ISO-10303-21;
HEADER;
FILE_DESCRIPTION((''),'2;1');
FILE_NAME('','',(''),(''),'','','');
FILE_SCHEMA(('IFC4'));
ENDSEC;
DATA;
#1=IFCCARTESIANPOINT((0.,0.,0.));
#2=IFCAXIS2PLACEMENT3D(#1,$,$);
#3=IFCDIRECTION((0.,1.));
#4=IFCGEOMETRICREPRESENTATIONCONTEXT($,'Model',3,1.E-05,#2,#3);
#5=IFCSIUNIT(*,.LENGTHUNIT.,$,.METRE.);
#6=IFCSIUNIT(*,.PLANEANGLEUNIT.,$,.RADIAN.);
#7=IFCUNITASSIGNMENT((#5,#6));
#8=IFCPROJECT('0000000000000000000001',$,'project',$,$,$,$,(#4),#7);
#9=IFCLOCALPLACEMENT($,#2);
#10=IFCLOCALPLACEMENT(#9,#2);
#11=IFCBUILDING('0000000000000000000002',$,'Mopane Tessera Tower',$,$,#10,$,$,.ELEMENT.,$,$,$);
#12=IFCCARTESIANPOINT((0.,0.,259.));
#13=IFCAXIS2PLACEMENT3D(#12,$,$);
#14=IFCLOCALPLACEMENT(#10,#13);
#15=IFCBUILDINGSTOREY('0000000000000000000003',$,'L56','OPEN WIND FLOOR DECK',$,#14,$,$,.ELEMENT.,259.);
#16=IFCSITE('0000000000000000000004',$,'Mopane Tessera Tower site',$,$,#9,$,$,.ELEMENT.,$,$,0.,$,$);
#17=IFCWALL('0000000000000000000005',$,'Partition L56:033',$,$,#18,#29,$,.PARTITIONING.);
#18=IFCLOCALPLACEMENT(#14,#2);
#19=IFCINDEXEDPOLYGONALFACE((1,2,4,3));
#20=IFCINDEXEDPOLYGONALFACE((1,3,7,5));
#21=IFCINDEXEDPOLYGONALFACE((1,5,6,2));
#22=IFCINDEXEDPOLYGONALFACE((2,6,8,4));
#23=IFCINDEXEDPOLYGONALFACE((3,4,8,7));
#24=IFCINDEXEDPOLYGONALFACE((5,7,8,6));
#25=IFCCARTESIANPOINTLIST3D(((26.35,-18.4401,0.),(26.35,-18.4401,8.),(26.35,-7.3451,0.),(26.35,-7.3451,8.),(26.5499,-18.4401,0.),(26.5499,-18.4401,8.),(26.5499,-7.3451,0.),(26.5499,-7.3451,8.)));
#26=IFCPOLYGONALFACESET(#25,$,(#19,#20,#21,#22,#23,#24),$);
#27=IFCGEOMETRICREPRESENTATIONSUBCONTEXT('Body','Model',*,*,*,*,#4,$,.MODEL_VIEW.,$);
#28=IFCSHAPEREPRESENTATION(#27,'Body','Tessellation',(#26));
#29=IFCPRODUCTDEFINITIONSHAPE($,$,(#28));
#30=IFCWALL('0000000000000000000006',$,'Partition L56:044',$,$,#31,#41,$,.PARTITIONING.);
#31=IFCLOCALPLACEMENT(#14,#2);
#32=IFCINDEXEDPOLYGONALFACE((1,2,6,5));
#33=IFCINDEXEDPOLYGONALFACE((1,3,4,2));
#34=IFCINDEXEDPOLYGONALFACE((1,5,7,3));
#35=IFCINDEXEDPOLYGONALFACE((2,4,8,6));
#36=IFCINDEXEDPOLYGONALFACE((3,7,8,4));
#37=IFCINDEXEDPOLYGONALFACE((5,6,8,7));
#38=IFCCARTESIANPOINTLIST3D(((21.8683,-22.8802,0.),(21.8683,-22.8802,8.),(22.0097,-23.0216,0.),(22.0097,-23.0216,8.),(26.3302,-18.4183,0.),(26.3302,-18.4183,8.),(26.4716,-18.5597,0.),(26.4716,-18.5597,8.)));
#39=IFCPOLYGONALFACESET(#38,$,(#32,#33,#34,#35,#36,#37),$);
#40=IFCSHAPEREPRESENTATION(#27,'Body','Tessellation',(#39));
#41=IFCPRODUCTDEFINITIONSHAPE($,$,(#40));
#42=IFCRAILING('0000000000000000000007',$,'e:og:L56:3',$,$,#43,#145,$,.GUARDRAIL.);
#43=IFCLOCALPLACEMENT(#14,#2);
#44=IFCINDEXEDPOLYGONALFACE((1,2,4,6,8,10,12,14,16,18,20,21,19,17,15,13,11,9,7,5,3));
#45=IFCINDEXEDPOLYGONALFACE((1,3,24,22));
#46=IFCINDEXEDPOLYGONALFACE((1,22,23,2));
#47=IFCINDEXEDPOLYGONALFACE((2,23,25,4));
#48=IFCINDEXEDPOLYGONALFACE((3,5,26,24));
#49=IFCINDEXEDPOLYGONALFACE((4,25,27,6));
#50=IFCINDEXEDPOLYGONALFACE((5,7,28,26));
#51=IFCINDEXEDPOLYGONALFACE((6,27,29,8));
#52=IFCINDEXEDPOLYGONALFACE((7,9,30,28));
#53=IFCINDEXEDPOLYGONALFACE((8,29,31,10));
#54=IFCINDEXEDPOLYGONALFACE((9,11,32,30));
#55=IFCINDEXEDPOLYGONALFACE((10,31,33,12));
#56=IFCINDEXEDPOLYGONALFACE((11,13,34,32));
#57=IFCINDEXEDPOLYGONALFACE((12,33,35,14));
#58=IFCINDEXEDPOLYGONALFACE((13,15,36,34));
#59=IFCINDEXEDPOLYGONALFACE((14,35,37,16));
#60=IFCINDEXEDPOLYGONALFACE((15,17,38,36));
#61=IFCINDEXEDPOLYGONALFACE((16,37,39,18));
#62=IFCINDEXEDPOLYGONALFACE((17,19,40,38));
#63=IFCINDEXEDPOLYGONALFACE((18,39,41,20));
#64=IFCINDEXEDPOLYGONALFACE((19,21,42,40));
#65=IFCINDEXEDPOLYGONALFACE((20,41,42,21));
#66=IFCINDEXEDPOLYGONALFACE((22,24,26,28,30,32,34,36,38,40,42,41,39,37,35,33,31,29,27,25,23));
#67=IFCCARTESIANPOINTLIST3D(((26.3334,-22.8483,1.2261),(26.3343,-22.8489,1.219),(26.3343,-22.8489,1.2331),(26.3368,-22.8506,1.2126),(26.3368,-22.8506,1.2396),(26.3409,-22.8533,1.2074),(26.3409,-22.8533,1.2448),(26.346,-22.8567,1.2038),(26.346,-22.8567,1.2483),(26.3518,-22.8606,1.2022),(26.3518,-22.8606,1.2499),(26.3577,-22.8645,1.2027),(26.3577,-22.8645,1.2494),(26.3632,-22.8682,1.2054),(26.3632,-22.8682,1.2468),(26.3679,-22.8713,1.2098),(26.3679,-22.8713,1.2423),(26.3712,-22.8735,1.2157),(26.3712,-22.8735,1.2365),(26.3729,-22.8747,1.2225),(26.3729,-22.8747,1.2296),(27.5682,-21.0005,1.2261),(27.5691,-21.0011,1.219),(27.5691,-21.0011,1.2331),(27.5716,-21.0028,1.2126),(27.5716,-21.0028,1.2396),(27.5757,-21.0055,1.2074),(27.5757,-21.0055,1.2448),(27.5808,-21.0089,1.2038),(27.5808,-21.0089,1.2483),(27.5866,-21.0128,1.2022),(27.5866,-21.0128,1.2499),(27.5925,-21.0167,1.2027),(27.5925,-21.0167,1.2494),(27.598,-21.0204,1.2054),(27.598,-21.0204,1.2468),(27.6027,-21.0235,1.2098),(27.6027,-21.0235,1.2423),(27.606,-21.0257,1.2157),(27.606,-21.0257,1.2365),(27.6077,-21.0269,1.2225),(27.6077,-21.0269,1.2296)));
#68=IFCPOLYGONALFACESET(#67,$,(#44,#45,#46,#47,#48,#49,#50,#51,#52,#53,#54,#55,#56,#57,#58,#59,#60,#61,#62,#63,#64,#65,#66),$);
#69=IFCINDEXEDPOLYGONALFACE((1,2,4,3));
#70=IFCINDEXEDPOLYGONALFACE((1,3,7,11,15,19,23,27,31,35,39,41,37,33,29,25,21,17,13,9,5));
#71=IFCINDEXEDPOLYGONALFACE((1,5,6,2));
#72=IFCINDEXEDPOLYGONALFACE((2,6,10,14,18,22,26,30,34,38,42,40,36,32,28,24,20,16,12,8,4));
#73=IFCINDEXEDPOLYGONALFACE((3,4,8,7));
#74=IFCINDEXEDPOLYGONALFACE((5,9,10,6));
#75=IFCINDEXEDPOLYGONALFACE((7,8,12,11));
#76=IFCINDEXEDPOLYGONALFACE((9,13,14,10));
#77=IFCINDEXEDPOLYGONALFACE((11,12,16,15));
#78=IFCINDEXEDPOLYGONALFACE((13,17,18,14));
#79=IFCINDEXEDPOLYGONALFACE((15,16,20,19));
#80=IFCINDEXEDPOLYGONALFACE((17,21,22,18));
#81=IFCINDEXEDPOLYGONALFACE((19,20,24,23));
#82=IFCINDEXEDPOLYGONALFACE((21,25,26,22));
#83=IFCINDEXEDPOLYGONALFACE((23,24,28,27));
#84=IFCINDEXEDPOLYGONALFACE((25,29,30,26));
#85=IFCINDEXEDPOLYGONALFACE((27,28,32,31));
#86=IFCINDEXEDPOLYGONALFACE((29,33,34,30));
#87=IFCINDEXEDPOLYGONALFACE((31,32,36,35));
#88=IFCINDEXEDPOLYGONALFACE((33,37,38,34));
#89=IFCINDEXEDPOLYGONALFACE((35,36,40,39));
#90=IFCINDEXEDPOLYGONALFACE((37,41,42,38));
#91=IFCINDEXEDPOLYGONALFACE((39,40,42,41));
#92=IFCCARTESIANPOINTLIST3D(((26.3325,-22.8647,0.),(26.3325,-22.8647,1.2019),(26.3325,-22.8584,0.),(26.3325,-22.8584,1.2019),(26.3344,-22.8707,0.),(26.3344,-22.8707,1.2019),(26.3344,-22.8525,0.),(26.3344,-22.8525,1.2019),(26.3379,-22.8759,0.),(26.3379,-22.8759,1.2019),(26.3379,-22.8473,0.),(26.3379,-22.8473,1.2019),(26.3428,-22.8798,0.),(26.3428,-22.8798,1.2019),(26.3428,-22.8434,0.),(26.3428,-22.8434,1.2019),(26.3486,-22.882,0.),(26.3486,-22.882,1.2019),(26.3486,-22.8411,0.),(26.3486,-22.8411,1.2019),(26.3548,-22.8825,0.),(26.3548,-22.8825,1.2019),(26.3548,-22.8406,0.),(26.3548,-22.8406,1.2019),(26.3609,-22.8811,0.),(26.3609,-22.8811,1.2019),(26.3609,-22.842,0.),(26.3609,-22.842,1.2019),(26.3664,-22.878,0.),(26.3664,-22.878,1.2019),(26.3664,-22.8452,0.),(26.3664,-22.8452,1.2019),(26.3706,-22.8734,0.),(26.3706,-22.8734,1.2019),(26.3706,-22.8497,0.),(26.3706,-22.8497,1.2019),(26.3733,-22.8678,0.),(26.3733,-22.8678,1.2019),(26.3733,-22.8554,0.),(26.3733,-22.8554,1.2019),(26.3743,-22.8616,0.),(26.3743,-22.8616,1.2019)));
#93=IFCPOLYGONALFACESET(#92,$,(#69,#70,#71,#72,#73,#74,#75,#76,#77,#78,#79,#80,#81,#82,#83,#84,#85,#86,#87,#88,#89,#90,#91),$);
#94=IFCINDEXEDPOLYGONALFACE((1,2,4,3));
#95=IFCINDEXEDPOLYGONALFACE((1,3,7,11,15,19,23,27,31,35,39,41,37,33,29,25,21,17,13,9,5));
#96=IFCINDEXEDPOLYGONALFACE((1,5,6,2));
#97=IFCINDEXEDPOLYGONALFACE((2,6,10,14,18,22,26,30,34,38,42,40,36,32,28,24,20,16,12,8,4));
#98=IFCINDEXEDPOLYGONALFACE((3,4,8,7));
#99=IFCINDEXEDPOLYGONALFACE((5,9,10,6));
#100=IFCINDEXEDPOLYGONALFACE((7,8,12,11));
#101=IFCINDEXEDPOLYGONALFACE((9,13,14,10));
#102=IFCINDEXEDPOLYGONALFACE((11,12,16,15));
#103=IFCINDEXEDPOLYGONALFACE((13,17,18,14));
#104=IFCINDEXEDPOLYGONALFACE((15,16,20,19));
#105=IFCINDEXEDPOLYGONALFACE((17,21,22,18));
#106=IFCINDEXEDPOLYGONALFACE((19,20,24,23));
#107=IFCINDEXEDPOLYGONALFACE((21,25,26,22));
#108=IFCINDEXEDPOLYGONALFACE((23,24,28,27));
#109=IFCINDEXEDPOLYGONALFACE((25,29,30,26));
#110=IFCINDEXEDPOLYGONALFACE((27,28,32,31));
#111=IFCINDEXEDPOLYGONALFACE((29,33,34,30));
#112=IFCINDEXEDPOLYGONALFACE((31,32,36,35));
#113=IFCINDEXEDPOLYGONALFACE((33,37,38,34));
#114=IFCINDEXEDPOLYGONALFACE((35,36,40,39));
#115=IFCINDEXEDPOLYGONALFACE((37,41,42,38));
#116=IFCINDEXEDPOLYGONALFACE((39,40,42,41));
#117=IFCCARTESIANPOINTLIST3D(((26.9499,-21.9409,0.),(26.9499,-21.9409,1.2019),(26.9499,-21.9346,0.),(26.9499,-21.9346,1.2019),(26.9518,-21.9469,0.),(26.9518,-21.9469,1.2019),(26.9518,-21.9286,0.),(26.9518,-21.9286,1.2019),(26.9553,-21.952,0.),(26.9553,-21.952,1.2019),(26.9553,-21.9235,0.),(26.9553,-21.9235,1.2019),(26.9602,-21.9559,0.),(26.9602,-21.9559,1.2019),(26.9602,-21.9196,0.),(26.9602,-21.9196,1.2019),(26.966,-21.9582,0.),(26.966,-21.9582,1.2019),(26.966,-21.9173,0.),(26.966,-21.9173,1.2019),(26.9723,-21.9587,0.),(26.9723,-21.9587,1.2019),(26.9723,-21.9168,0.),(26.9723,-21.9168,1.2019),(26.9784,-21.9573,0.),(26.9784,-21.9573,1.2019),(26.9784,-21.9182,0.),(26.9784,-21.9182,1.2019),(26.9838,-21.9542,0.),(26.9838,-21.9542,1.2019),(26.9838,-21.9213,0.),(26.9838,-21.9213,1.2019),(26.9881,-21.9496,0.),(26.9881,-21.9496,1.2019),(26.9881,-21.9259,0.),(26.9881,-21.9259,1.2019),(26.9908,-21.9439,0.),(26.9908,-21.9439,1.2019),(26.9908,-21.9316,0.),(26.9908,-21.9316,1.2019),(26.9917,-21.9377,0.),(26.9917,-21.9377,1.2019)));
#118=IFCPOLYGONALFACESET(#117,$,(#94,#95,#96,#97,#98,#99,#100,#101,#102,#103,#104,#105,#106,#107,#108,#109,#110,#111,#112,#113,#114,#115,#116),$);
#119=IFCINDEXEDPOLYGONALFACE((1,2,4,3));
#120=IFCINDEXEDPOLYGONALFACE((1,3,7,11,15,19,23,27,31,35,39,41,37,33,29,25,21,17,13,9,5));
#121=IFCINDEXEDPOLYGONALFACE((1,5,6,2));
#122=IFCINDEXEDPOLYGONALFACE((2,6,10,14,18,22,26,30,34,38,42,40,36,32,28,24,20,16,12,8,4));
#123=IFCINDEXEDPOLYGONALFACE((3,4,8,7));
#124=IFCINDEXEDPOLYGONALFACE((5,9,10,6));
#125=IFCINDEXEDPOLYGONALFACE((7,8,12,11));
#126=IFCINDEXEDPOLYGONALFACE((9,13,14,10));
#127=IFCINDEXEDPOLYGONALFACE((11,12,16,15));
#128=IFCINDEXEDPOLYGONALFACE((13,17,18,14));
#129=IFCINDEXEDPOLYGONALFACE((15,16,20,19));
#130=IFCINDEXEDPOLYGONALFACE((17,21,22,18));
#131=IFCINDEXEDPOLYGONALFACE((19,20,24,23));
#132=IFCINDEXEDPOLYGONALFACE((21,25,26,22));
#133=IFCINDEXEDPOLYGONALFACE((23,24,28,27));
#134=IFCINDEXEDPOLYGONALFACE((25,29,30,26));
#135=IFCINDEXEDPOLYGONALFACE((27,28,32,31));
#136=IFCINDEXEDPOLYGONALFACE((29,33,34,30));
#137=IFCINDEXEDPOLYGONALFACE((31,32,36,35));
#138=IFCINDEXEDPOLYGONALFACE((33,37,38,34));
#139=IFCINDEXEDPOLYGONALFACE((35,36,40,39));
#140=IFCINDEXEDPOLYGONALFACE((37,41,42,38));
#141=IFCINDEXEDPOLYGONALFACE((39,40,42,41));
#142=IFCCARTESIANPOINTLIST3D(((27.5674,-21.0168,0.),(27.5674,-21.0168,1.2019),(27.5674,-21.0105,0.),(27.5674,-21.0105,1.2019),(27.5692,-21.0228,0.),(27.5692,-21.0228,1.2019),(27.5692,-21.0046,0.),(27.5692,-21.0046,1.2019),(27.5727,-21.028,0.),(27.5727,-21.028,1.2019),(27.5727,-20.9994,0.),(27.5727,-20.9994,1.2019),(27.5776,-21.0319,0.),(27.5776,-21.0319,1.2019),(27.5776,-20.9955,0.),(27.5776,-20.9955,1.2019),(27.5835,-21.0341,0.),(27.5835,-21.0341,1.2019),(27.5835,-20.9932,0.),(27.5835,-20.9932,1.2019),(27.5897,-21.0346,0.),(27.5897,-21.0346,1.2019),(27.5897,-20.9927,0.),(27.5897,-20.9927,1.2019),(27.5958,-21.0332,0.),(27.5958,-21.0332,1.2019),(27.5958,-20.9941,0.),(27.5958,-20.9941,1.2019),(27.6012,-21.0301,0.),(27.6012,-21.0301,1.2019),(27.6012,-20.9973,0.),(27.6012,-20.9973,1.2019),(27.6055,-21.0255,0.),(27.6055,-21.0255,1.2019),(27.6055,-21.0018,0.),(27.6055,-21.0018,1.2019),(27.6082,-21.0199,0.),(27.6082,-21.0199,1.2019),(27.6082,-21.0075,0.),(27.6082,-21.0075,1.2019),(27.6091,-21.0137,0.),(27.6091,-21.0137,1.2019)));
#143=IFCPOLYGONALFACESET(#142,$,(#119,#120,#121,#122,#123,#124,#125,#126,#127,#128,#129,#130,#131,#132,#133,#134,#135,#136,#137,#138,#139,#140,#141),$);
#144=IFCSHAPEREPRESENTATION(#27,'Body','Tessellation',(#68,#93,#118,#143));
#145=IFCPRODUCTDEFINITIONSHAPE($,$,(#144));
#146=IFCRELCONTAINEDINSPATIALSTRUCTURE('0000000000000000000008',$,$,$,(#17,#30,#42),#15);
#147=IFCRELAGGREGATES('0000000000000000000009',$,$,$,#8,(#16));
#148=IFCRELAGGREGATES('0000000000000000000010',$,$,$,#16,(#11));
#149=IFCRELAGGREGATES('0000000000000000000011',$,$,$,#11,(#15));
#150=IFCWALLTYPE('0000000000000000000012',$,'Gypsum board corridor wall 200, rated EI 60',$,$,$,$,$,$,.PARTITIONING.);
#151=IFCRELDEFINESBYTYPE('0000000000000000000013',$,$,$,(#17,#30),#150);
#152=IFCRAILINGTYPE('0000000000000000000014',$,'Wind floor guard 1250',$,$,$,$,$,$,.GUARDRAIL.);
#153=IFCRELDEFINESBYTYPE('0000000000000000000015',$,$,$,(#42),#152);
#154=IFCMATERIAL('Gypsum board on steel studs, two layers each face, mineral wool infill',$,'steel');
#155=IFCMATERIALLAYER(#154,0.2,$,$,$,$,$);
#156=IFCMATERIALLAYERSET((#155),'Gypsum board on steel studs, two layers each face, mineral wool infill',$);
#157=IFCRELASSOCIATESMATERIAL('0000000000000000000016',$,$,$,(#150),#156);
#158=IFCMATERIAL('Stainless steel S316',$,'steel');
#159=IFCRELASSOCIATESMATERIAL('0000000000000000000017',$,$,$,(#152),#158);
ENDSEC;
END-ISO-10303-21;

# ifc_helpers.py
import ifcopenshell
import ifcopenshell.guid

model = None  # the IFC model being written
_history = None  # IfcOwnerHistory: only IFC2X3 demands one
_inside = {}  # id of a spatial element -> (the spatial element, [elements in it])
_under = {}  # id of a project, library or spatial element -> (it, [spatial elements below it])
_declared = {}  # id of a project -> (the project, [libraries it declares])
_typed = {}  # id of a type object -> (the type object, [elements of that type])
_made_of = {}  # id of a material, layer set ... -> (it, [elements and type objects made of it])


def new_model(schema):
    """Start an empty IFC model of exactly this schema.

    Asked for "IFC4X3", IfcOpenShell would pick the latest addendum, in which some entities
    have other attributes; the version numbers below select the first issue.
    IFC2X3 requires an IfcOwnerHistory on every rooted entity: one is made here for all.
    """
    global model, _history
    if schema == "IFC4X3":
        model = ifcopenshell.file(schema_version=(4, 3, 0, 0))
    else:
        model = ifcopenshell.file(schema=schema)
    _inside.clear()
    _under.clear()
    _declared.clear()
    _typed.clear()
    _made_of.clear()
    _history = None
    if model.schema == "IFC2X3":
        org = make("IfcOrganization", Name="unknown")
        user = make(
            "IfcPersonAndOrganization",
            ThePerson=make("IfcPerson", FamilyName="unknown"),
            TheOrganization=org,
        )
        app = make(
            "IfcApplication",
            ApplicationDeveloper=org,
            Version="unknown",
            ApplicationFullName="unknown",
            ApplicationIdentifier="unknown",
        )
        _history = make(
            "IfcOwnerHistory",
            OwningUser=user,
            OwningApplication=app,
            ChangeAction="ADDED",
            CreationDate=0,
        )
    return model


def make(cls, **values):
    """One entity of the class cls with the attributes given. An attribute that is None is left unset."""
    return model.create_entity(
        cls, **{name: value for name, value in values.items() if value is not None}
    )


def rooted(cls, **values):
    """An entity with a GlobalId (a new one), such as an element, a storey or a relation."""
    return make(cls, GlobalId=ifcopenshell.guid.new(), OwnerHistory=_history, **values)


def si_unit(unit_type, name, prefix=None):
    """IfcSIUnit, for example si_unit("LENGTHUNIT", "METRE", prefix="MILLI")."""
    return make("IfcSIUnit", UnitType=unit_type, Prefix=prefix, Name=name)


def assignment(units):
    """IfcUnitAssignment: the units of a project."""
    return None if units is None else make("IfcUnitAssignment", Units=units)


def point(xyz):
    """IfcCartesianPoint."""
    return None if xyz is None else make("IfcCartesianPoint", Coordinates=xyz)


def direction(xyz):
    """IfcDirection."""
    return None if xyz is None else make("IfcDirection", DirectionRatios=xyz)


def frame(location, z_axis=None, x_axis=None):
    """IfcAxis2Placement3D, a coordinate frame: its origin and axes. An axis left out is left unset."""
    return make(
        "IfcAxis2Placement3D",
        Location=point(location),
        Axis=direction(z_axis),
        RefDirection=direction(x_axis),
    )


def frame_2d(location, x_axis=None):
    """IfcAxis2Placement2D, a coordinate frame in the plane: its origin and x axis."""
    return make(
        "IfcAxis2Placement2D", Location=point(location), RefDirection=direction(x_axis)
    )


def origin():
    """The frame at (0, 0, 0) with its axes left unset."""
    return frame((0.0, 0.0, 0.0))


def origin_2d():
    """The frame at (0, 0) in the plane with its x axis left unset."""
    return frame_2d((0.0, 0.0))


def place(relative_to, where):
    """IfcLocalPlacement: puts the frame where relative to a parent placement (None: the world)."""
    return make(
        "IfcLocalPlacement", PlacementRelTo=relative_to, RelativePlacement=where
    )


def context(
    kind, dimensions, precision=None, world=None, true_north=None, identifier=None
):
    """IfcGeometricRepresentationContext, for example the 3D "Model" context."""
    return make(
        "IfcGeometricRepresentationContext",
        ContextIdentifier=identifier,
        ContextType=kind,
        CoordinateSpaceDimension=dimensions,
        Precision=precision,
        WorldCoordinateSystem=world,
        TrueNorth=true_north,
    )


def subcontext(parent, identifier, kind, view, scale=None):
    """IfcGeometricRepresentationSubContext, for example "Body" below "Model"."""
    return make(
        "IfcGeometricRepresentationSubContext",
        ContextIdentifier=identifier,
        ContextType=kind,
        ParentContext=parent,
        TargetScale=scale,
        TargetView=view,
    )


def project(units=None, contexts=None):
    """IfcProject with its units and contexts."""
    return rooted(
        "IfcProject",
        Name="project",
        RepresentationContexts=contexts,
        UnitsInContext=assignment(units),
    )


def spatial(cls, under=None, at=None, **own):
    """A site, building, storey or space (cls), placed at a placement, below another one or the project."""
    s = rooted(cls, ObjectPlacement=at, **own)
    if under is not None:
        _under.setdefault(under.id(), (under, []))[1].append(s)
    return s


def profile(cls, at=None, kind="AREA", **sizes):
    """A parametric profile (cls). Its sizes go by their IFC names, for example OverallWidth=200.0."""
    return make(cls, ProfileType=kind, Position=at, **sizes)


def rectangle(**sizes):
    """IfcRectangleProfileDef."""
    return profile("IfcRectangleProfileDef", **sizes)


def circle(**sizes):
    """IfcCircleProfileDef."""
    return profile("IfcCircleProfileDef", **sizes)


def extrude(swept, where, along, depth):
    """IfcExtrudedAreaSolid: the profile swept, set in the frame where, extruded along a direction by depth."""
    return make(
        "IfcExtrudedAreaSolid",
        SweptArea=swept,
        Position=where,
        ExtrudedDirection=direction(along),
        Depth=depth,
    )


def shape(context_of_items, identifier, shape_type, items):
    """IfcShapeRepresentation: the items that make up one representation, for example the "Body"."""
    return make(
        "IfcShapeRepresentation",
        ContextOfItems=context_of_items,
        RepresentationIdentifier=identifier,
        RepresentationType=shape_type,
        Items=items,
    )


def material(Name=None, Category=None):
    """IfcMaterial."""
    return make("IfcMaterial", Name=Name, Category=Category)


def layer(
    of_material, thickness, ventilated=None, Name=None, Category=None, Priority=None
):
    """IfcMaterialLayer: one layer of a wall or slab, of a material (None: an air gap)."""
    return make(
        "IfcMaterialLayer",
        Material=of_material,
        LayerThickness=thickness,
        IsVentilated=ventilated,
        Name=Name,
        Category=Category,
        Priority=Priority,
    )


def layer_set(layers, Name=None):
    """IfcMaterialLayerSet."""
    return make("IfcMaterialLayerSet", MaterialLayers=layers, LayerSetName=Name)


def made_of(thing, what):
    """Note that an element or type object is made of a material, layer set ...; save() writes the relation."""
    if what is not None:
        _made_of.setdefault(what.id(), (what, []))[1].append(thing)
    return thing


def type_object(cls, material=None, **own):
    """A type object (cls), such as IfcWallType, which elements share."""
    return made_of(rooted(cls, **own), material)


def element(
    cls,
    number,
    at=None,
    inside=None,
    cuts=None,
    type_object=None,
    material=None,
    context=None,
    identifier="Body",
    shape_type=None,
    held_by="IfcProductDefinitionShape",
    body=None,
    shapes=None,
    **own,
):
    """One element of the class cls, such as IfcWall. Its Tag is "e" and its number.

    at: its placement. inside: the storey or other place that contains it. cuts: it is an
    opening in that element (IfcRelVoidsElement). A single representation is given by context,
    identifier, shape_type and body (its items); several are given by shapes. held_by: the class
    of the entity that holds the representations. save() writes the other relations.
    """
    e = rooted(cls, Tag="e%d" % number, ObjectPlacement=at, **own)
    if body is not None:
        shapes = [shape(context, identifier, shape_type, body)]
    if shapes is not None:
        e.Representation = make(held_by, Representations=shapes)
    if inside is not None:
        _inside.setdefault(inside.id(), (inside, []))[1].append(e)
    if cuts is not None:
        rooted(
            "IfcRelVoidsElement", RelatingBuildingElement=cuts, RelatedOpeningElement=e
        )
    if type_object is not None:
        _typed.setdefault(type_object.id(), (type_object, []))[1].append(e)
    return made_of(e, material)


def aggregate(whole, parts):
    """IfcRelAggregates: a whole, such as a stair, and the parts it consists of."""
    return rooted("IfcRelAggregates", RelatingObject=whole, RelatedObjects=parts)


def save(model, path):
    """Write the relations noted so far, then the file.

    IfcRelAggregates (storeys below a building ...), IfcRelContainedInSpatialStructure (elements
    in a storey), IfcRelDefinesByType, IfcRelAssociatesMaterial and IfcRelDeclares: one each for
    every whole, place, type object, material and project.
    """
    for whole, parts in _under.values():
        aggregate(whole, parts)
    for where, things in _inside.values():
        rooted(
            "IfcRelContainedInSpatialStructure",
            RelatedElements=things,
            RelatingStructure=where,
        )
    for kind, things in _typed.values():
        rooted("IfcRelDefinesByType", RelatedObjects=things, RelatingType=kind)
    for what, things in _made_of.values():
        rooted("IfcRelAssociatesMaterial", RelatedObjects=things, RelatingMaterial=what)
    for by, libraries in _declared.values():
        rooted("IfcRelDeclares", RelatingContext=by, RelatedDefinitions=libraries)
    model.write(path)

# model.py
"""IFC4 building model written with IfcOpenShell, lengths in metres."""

from ifc_helpers import new_model, si_unit, direction, frame, frame_2d, origin, origin_2d, place, context, subcontext, project, spatial, rectangle, circle, extrude, material, layer, layer_set, type_object, element, save


model = new_model("IFC4")

# Units and contexts
model_context = context("Model", 3, precision=1e-05, world=origin(), true_north=direction((0.0, 1.0)))
body_context = subcontext(model_context, "Body", "Model", "MODEL_VIEW")
ifc_project = project(units=[si_unit("LENGTHUNIT", "METRE"), si_unit("PLANEANGLEUNIT", "RADIAN")], contexts=[model_context])

# Site, building, storey
site_placement = place(None, origin())
site = spatial("IfcSite", under=ifc_project, at=site_placement, Name="Mopane Tessera Tower site", CompositionType="ELEMENT", RefElevation=0.0)
building_placement = place(site_placement, origin())
building = spatial("IfcBuilding", under=site, at=building_placement, Name="Mopane Tessera Tower", CompositionType="ELEMENT")
storey_placement = place(building_placement, frame((0.0, 0.0, 259.0)))
storey = spatial("IfcBuildingStorey", under=building, at=storey_placement, Name="L56", Description="OPEN WIND FLOOR DECK", CompositionType="ELEMENT", Elevation=259.0)

# Walls
ifc_material_1 = material(Name="Gypsum board on steel studs, two layers each face, mineral wool infill", Category="steel")
ifc_layer_1 = layer(ifc_material_1, 0.2)
ifc_layer_set_1 = layer_set([ifc_layer_1], Name="Gypsum board on steel studs, two layers each face, mineral wool infill")
wall_type = type_object("IfcWallType", Name="Gypsum board corridor wall 200, rated EI 60", PredefinedType="PARTITIONING", material=ifc_layer_set_1)
wall_1_placement = place(storey_placement, frame((26.45, -18.4399, 0.0), z_axis=(0.0, 0.0, 1.0), x_axis=(0.0, 1.0, 0.0)))
element("IfcWall", 1, at=wall_1_placement, inside=storey, type_object=wall_type, Name="Partition L56:033", PredefinedType="PARTITIONING", context=body_context, shape_type="SweptSolid", body=[
    extrude(rectangle(XDim=11.095, YDim=0.2, at=frame_2d((5.5474, 0.0))), origin(), (0.0, 0.0, 1.0), 8.0),
])
wall_2_placement = place(storey_placement, frame((26.4009, -18.489, 0.0), z_axis=(0.0, 0.0, 1.0), x_axis=(-0.707107, -0.707107, 0.0)))
element("IfcWall", 2, at=wall_2_placement, inside=storey, type_object=wall_type, Name="Partition L56:044", PredefinedType="PARTITIONING", context=body_context, shape_type="SweptSolid", body=[
    extrude(rectangle(XDim=6.3101, YDim=0.2, at=frame_2d((3.155, 0.0))), origin(), (0.0, 0.0, 1.0), 8.0),
])

# Railing
ifc_material_2 = material(Name="Stainless steel S316", Category="steel")
railing_type = type_object("IfcRailingType", Name="Wind floor guard 1250", PredefinedType="GUARDRAIL", material=ifc_material_2)
railing_1_placement = place(storey_placement, frame((26.3533, -22.8616, 0.0)))
element("IfcRailing", 3, at=railing_1_placement, inside=storey, type_object=railing_type, Name="e:og:L56:3", PredefinedType="GUARDRAIL", context=body_context, shape_type="SweptSolid", body=[
    extrude(circle(Radius=0.0239, at=origin_2d()), frame((0.0, 0.0, 1.2261), z_axis=(0.555612, 0.831441, 0.0), x_axis=(-0.831441, 0.555612, 0.0)), (0.0, 0.0, 1.0), 2.2224),
    extrude(circle(Radius=0.021, at=origin_2d()), origin(), (0.0, 0.0, 1.0), 1.2019),
    extrude(circle(Radius=0.021, at=origin_2d()), frame((0.6174, 0.9238, 0.0)), (0.0, 0.0, 1.0), 1.2019),
    extrude(circle(Radius=0.021, at=origin_2d()), frame((1.2349, 1.8479, 0.0)), (0.0, 0.0, 1.0), 1.2019),
])

save(model, "model.ifc")
